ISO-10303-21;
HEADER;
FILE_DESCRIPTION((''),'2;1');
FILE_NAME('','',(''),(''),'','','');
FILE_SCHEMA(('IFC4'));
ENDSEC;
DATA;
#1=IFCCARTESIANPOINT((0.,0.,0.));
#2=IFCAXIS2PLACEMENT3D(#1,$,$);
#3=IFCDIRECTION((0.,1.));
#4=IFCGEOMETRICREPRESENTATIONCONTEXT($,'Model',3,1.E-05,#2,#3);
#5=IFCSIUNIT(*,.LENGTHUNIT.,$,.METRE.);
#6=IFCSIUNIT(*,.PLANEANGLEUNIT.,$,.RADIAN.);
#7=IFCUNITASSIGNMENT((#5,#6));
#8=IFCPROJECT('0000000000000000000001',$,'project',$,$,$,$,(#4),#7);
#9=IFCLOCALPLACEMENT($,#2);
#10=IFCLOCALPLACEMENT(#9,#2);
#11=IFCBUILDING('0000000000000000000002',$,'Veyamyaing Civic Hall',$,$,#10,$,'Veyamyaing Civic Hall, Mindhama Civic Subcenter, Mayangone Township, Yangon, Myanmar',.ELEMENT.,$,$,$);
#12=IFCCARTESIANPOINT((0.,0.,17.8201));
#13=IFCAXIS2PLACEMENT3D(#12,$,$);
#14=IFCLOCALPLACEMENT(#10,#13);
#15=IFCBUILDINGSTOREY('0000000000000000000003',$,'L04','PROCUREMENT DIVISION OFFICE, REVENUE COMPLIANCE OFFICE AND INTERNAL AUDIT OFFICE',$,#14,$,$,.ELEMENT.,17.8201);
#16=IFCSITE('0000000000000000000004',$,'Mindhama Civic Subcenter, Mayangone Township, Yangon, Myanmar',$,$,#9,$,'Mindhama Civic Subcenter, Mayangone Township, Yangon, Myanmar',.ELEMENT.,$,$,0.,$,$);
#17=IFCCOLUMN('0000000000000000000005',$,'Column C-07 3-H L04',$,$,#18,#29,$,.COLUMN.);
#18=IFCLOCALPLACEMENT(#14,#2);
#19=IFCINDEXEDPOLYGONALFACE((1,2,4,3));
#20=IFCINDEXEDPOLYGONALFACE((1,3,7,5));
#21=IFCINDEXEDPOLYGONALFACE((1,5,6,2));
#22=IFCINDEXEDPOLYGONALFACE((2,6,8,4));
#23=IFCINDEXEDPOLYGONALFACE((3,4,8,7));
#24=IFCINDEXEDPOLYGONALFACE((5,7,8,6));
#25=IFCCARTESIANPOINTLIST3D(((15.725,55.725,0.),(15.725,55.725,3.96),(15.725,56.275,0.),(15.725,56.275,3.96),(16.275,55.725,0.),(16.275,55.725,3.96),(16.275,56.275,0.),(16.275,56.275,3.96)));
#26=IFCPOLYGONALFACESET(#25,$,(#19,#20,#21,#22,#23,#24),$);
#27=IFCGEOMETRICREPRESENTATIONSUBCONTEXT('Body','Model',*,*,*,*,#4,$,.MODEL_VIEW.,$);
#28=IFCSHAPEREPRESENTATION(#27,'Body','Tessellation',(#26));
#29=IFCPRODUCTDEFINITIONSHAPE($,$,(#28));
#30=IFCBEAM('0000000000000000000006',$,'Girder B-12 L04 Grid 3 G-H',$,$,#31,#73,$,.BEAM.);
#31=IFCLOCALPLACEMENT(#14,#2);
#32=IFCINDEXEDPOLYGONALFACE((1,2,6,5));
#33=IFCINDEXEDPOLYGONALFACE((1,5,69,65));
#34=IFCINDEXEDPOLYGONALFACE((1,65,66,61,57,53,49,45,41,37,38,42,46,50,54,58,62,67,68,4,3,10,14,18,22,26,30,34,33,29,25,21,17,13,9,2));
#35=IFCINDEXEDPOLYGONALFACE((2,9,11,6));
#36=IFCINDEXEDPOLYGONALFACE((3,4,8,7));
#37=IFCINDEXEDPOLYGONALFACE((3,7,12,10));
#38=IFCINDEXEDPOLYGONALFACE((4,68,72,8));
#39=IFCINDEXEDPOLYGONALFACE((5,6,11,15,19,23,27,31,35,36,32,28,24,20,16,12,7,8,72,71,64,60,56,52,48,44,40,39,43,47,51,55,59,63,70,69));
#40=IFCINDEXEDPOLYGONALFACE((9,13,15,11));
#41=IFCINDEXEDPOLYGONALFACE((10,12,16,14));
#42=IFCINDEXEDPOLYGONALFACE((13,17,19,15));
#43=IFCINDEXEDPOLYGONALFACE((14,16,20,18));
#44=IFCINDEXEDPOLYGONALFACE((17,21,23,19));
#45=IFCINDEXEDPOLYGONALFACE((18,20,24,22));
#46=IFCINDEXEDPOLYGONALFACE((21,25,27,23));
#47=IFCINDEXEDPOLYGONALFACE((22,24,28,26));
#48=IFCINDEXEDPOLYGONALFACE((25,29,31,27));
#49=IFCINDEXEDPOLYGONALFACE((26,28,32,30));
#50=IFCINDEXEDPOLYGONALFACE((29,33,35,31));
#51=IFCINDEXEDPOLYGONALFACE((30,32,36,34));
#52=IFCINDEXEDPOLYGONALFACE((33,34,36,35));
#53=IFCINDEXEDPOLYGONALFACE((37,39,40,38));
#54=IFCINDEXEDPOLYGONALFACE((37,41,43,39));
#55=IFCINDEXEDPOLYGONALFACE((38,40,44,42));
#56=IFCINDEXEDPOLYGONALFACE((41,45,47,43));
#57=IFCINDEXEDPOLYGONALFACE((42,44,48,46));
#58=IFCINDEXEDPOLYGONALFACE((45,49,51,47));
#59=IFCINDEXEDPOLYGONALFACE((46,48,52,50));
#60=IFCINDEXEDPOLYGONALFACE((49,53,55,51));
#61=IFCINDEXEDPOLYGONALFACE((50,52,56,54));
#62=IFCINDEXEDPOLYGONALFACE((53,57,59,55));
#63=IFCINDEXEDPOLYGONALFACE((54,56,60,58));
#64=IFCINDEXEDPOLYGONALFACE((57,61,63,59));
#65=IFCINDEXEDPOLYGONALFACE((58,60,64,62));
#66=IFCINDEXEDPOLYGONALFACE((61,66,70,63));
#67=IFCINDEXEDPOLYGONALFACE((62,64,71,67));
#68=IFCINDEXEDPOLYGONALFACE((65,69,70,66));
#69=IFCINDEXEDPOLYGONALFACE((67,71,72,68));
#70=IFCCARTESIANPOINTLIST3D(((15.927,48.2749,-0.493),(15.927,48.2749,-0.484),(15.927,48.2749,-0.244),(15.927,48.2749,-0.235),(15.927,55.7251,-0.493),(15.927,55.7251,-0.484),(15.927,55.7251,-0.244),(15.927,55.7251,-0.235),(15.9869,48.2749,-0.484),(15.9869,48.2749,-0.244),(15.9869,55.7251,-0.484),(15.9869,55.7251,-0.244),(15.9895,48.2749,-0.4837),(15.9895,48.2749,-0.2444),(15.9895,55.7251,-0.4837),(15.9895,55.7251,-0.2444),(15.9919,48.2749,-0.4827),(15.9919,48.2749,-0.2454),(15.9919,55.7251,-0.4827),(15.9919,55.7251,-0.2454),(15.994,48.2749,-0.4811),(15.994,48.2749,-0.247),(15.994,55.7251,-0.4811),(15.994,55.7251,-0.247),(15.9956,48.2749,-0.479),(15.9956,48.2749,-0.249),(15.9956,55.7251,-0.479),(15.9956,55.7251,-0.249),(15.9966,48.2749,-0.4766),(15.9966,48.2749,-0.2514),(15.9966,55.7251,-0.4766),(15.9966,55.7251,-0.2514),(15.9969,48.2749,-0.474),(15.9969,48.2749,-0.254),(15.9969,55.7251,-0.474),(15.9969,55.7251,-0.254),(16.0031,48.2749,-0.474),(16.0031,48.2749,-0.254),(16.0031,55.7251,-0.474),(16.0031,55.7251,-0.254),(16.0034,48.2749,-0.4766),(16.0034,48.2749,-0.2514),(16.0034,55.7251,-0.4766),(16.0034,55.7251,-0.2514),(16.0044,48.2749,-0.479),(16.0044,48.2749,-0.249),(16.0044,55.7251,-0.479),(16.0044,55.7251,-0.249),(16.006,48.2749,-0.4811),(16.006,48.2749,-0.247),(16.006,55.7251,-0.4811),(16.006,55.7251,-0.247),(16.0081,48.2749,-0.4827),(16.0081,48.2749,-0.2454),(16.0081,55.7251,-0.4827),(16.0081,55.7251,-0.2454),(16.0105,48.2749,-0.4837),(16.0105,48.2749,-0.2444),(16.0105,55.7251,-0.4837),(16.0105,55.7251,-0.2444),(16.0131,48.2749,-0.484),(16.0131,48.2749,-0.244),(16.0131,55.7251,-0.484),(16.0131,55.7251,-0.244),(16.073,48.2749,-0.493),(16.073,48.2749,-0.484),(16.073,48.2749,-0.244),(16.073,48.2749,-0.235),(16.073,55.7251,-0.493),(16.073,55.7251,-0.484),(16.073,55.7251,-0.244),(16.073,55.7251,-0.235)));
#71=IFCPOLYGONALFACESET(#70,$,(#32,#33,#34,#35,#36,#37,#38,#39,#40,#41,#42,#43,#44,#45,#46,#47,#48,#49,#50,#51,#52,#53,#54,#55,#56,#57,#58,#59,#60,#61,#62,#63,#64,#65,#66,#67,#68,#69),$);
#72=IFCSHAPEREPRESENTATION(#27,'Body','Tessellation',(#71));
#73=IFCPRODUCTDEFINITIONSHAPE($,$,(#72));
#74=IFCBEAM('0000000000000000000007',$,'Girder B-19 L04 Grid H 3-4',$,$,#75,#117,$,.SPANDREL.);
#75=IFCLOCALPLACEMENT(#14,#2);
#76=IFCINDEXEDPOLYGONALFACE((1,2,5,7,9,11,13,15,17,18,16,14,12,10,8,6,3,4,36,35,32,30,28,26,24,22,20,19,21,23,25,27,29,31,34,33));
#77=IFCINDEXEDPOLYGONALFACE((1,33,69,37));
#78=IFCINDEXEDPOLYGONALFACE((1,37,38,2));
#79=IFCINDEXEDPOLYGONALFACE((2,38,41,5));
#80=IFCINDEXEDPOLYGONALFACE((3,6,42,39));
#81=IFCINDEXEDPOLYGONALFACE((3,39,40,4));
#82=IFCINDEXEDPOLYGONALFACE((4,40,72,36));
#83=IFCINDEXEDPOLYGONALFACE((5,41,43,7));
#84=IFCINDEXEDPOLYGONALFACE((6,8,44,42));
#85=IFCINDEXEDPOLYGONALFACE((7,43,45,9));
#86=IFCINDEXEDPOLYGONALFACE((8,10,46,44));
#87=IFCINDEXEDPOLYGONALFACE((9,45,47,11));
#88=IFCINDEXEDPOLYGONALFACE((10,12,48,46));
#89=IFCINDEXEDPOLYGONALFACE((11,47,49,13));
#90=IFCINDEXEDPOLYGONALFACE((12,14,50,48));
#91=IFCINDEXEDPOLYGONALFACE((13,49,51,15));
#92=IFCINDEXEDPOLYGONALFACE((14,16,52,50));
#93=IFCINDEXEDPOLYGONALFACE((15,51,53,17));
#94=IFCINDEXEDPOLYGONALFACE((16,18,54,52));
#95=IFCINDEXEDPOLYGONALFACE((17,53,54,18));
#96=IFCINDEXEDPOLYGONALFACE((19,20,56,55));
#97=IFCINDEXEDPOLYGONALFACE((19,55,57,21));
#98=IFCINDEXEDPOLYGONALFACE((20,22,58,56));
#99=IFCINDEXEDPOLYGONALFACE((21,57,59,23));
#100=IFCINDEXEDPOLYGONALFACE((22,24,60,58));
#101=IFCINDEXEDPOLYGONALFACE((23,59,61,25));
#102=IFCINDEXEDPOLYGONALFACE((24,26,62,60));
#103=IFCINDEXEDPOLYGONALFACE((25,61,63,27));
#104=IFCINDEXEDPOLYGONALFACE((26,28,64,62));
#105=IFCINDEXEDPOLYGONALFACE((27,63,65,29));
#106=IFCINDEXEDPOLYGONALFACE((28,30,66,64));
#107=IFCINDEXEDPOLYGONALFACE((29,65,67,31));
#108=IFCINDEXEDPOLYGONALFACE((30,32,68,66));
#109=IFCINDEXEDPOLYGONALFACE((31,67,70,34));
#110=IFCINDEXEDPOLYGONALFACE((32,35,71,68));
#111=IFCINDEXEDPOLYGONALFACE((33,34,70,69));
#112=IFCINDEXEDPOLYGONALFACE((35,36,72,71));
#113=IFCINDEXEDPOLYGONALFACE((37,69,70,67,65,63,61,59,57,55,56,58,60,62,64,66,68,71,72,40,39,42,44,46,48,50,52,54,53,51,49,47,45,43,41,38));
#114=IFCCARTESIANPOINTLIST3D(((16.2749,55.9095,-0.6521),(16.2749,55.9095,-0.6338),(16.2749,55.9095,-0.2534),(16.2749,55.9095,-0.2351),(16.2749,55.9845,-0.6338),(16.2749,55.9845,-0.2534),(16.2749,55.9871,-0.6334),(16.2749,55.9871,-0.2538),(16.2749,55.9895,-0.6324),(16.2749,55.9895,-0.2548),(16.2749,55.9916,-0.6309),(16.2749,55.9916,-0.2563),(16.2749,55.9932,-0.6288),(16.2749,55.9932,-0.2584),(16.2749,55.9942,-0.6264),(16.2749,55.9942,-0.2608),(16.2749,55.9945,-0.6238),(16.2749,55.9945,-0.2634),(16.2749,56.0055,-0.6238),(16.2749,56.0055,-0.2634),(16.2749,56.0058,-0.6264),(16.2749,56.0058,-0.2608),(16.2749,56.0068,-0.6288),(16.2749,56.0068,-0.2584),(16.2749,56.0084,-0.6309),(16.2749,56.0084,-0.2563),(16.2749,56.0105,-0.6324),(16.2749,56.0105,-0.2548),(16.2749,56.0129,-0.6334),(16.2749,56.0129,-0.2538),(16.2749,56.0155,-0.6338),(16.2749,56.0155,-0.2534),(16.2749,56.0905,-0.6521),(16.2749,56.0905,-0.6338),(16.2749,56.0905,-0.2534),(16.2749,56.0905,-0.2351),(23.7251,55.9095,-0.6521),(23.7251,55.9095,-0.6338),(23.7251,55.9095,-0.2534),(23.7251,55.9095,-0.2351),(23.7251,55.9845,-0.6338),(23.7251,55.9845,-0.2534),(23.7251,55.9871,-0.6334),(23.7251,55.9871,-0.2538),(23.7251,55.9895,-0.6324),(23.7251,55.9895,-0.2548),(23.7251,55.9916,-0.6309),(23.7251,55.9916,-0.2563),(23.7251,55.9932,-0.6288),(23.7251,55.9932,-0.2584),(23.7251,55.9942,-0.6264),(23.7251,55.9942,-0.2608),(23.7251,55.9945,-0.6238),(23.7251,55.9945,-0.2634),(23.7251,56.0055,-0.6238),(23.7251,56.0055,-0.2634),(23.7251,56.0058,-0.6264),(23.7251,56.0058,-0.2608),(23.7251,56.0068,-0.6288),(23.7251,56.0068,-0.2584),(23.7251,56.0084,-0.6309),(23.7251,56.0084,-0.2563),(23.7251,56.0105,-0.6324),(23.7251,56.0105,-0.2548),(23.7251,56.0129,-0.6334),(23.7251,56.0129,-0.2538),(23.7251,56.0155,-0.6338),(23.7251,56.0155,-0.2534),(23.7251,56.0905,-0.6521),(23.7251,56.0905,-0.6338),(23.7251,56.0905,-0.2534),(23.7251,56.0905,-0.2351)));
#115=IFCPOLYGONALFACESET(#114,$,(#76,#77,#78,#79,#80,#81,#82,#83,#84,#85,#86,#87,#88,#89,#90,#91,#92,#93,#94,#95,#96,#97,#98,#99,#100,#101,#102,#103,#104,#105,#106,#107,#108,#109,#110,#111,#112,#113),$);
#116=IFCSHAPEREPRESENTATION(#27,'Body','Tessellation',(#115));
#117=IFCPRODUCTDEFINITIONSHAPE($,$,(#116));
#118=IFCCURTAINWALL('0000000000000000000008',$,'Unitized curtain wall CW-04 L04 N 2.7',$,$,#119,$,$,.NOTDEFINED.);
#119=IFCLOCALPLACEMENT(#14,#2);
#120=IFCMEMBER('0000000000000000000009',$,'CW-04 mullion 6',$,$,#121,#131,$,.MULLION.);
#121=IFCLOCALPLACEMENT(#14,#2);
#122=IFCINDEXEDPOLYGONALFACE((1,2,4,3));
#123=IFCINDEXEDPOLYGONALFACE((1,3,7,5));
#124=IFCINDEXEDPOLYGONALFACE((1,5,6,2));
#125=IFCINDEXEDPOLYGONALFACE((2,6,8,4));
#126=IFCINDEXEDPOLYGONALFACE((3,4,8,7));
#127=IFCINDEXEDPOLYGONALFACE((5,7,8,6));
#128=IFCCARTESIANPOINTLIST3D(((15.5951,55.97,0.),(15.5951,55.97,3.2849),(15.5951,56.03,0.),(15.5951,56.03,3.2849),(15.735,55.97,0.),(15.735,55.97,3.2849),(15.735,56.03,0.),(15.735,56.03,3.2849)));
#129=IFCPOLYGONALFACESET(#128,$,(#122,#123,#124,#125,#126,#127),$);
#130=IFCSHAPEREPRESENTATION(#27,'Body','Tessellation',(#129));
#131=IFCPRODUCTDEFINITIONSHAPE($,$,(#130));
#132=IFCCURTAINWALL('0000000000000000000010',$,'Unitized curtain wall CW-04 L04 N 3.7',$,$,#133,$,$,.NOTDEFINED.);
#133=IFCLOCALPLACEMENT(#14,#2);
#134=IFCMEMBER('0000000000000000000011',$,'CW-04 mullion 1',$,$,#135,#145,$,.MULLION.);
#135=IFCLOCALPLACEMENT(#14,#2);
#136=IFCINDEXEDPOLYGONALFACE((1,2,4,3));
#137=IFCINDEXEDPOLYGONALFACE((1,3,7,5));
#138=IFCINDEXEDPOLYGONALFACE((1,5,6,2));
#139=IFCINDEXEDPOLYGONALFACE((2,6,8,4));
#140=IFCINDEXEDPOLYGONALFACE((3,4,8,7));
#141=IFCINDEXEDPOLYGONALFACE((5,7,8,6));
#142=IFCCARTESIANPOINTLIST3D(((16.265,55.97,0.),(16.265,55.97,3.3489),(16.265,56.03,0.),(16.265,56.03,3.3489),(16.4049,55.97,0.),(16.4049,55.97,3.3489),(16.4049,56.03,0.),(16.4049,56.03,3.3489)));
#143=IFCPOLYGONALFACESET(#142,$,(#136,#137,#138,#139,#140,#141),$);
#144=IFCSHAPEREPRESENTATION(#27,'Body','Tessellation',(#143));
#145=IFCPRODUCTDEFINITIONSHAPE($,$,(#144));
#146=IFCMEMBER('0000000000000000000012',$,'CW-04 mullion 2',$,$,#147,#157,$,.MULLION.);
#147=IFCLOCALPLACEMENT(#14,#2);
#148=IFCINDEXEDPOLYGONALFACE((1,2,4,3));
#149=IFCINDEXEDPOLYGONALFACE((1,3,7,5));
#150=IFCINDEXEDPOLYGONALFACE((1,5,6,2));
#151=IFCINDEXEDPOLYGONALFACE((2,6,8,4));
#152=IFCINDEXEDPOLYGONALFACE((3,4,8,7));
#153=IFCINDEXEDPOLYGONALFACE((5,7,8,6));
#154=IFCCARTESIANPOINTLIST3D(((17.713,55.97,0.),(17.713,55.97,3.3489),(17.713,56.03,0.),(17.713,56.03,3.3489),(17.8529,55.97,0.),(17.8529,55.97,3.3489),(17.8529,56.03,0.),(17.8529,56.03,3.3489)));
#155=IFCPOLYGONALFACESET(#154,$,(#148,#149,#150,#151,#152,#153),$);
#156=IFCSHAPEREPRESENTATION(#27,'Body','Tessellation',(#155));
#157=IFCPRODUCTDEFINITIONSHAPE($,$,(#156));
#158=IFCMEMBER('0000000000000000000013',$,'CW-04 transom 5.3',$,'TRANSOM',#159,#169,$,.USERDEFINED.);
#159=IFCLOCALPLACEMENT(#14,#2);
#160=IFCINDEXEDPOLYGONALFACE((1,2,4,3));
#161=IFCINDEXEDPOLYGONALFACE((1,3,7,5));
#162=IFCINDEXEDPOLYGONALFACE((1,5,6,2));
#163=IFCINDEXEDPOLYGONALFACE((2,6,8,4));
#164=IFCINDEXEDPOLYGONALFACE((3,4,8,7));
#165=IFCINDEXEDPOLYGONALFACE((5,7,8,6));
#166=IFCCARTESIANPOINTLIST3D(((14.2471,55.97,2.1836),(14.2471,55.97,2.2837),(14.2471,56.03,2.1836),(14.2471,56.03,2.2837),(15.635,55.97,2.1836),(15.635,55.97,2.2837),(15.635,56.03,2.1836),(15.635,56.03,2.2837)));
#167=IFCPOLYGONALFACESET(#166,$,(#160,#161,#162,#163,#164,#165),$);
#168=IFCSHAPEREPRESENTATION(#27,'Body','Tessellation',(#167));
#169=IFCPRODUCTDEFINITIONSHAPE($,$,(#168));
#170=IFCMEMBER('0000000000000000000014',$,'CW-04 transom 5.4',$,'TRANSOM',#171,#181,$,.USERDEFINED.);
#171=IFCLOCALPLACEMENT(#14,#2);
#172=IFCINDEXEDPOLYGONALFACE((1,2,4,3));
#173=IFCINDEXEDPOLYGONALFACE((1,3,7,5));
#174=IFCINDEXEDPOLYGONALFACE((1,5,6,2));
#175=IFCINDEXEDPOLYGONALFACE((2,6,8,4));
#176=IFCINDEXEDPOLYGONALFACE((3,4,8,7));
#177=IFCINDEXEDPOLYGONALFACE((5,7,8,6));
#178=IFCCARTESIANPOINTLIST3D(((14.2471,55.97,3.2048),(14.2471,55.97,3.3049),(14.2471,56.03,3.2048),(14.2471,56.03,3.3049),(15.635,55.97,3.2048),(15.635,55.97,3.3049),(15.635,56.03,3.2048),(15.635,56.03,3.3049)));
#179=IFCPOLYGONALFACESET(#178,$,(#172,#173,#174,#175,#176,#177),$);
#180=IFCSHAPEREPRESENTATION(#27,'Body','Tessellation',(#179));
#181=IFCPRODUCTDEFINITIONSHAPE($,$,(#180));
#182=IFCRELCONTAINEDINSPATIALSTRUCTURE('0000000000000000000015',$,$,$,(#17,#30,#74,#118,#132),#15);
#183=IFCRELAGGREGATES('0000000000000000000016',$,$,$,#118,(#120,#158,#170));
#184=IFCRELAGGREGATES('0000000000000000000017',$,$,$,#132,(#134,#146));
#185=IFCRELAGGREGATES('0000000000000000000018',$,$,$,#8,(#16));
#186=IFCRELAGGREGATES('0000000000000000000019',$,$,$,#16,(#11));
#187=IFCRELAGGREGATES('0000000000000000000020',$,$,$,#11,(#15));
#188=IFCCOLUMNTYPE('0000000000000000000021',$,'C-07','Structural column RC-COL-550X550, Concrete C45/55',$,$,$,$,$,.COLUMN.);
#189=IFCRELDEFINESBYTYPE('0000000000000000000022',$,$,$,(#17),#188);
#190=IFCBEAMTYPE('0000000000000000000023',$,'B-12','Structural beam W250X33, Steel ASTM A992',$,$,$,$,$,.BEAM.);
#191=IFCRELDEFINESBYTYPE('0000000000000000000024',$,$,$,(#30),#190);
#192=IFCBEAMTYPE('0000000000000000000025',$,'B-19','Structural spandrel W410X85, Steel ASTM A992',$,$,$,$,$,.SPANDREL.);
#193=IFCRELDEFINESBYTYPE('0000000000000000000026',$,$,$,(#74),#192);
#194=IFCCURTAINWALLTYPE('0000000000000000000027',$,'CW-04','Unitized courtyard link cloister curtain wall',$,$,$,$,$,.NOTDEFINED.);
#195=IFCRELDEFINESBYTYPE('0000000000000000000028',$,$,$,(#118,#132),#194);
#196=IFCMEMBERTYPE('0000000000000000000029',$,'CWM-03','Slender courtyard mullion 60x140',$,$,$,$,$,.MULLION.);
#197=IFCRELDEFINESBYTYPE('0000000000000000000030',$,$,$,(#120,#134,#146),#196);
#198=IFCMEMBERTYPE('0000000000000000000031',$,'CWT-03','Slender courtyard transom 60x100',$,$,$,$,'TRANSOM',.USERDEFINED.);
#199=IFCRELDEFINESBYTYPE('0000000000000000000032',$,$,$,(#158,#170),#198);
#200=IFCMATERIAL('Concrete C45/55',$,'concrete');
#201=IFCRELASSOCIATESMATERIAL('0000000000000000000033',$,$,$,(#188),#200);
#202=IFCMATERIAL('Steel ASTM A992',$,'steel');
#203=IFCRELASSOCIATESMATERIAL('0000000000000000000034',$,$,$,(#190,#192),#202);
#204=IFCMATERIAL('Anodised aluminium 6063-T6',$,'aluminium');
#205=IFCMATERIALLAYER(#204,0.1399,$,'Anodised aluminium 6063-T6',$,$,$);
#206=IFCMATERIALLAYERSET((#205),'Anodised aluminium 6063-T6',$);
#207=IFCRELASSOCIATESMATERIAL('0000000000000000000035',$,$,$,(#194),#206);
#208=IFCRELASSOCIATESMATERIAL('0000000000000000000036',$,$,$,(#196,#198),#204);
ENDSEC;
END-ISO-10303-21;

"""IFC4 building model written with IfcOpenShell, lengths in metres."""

from ifc_helpers import new_model, si_unit, direction, frame, origin, origin_2d, place, context, subcontext, project, spatial, rectangle, i_section, extrude, material, layer, layer_set, material_profile, profile_set, type_object, element, aggregate, save


model = new_model("IFC4")

# Units and contexts
model_context = context("Model", 3, precision=1e-05, world=origin(), true_north=direction((0.0, 1.0)))
body_context = subcontext(model_context, "Body", "Model", "MODEL_VIEW")
ifc_project = project(units=[si_unit("LENGTHUNIT", "METRE"), si_unit("PLANEANGLEUNIT", "RADIAN")], contexts=[model_context])

# Site, building, storey
site_placement = place(None, origin())
site = spatial("IfcSite", under=ifc_project, at=site_placement, Name="Mindhama Civic Subcenter, Mayangone Township, Yangon, Myanmar", LongName="Mindhama Civic Subcenter, Mayangone Township, Yangon, Myanmar", CompositionType="ELEMENT", RefElevation=0.0)
building_placement = place(site_placement, origin())
building = spatial("IfcBuilding", under=site, at=building_placement, Name="Veyamyaing Civic Hall", LongName="Veyamyaing Civic Hall, Mindhama Civic Subcenter, Mayangone Township, Yangon, Myanmar", CompositionType="ELEMENT")
storey_placement = place(building_placement, frame((0.0, 0.0, 17.8201)))
storey = spatial("IfcBuildingStorey", under=building, at=storey_placement, Name="L04", Description="PROCUREMENT DIVISION OFFICE, REVENUE COMPLIANCE OFFICE AND INTERNAL AUDIT OFFICE", CompositionType="ELEMENT", Elevation=17.8201)

# Column
ifc_material_1 = material(Name="Concrete C45/55", Category="concrete")
ifc_material_profile_1 = material_profile(ifc_material_1, rectangle(XDim=0.55, YDim=0.55, at=origin_2d()), Name="RC-COL-550X550")
ifc_profile_set_1 = profile_set([ifc_material_profile_1], Name="Concrete C45/55")
column_type = type_object("IfcColumnType", Name="C-07", Description="Structural column RC-COL-550X550, Concrete C45/55", PredefinedType="COLUMN", material=ifc_profile_set_1)
column_placement = place(storey_placement, frame((16.0, 56.0, 0.0), z_axis=(0.0, 0.0, 1.0), x_axis=(1.0, 0.0, 0.0)))
element("IfcColumn", 1, at=column_placement, inside=storey, type_object=column_type, Name="Column C-07 3-H L04", PredefinedType="COLUMN", context=body_context, shape_type="SweptSolid", body=[
    extrude(rectangle(XDim=0.55, YDim=0.55, at=origin_2d()), origin(), (0.0, 0.0, 1.0), 3.96),
])

# Beams
ifc_material_2 = material(Name="Steel ASTM A992", Category="steel")
ifc_material_profile_2 = material_profile(ifc_material_2, i_section(OverallWidth=0.146, OverallDepth=0.2581, WebThickness=0.0061, FlangeThickness=0.009, FilletRadius=0.01, at=origin_2d()), Name="W250X33")
ifc_profile_set_2 = profile_set([ifc_material_profile_2], Name="Steel ASTM A992")
beam_type_1 = type_object("IfcBeamType", Name="B-12", Description="Structural beam W250X33, Steel ASTM A992", PredefinedType="BEAM", material=ifc_profile_set_2)
beam_1_placement = place(storey_placement, frame((16.0, 48.2749, -0.364), z_axis=(0.0, 1.0, 0.0), x_axis=(-1.0, 0.0, 0.0)))
element("IfcBeam", 2, at=beam_1_placement, inside=storey, type_object=beam_type_1, Name="Girder B-12 L04 Grid 3 G-H", PredefinedType="BEAM", context=body_context, shape_type="SweptSolid", body=[
    extrude(i_section(OverallWidth=0.146, OverallDepth=0.2581, WebThickness=0.0061, FlangeThickness=0.009, FilletRadius=0.01, at=origin_2d()), origin(), (0.0, 0.0, 1.0), 7.4502),
])
ifc_material_profile_3 = material_profile(ifc_material_2, i_section(OverallWidth=0.1809, OverallDepth=0.417, WebThickness=0.011, FlangeThickness=0.0183, FilletRadius=0.01, at=origin_2d()), Name="W410X85")
ifc_profile_set_3 = profile_set([ifc_material_profile_3], Name="Steel ASTM A992")
beam_type_2 = type_object("IfcBeamType", Name="B-19", Description="Structural spandrel W410X85, Steel ASTM A992", PredefinedType="SPANDREL", material=ifc_profile_set_3)
beam_2_placement = place(storey_placement, frame((16.2749, 56.0, -0.4436), z_axis=(1.0, 0.0, 0.0), x_axis=(0.0, 1.0, 0.0)))
element("IfcBeam", 3, at=beam_2_placement, inside=storey, type_object=beam_type_2, Name="Girder B-19 L04 Grid H 3-4", PredefinedType="SPANDREL", context=body_context, shape_type="SweptSolid", body=[
    extrude(i_section(OverallWidth=0.1809, OverallDepth=0.417, WebThickness=0.011, FlangeThickness=0.0183, FilletRadius=0.01, at=origin_2d()), origin(), (0.0, 0.0, 1.0), 7.4502),
])

# Curtain wall, member
ifc_material_3 = material(Name="Anodised aluminium 6063-T6", Category="aluminium")
ifc_layer_1 = layer(ifc_material_3, 0.1399, Name="Anodised aluminium 6063-T6")
ifc_layer_set_1 = layer_set([ifc_layer_1], Name="Anodised aluminium 6063-T6")
curtain_wall_type = type_object("IfcCurtainWallType", Name="CW-04", Description="Unitized courtyard link cloister curtain wall", PredefinedType="NOTDEFINED", material=ifc_layer_set_1)
curtain_wall_1_placement = place(storey_placement, origin())
curtain_wall_1 = element("IfcCurtainWall", 4, at=curtain_wall_1_placement, inside=storey, type_object=curtain_wall_type, Name="Unitized curtain wall CW-04 L04 N 2.7", PredefinedType="NOTDEFINED")
ifc_material_profile_4 = material_profile(ifc_material_3, rectangle(XDim=0.0601, YDim=0.1399, at=origin_2d()), Name="ALU-MUL-60X140")
ifc_profile_set_4 = profile_set([ifc_material_profile_4], Name="Anodised aluminium 6063-T6")
member_type_1 = type_object("IfcMemberType", Name="CWM-03", Description="Slender courtyard mullion 60x140", PredefinedType="MULLION", material=ifc_profile_set_4)
member_1_placement = place(storey_placement, frame((15.665, 56.0, 0.0), z_axis=(0.0, 0.0, 1.0), x_axis=(0.0, 1.0, 0.0)))
member_1 = element("IfcMember", 5, at=member_1_placement, type_object=member_type_1, Name="CW-04 mullion 6", PredefinedType="MULLION", context=body_context, shape_type="SweptSolid", body=[
    extrude(rectangle(XDim=0.0601, YDim=0.1399, at=origin_2d()), origin(), (0.0, 0.0, 1.0), 3.2849),
])

# Curtain wall, members
curtain_wall_2_placement = place(storey_placement, origin())
curtain_wall_2 = element("IfcCurtainWall", 6, at=curtain_wall_2_placement, inside=storey, type_object=curtain_wall_type, Name="Unitized curtain wall CW-04 L04 N 3.7", PredefinedType="NOTDEFINED")
member_2_placement = place(storey_placement, frame((16.335, 56.0, 0.0), z_axis=(0.0, 0.0, 1.0), x_axis=(0.0, 1.0, 0.0)))
member_2 = element("IfcMember", 7, at=member_2_placement, type_object=member_type_1, Name="CW-04 mullion 1", PredefinedType="MULLION", context=body_context, shape_type="SweptSolid", body=[
    extrude(rectangle(XDim=0.0601, YDim=0.1399, at=origin_2d()), origin(), (0.0, 0.0, 1.0), 3.3489),
])
member_3_placement = place(storey_placement, frame((17.783, 56.0, 0.0), z_axis=(0.0, 0.0, 1.0), x_axis=(0.0, 1.0, 0.0)))
member_3 = element("IfcMember", 8, at=member_3_placement, type_object=member_type_1, Name="CW-04 mullion 2", PredefinedType="MULLION", context=body_context, shape_type="SweptSolid", body=[
    extrude(rectangle(XDim=0.0601, YDim=0.1399, at=origin_2d()), origin(), (0.0, 0.0, 1.0), 3.3489),
])

# Members
ifc_material_profile_5 = material_profile(ifc_material_3, rectangle(XDim=0.0601, YDim=0.1001, at=origin_2d()), Name="ALU-TRN-60X100")
ifc_profile_set_5 = profile_set([ifc_material_profile_5], Name="Anodised aluminium 6063-T6")
member_type_2 = type_object("IfcMemberType", Name="CWT-03", Description="Slender courtyard transom 60x100", ElementType="TRANSOM", PredefinedType="USERDEFINED", material=ifc_profile_set_5)
member_4_placement = place(storey_placement, frame((14.2471, 56.0, 2.2336), z_axis=(1.0, 0.0, 0.0), x_axis=(0.0, 1.0, 0.0)))
member_4 = element("IfcMember", 9, at=member_4_placement, type_object=member_type_2, Name="CW-04 transom 5.3", ObjectType="TRANSOM", PredefinedType="USERDEFINED", context=body_context, shape_type="SweptSolid", body=[
    extrude(rectangle(XDim=0.0601, YDim=0.1001, at=origin_2d()), origin(), (0.0, 0.0, 1.0), 1.3879),
])
member_5_placement = place(storey_placement, frame((14.2471, 56.0, 3.2549), z_axis=(1.0, 0.0, 0.0), x_axis=(0.0, 1.0, 0.0)))
member_5 = element("IfcMember", 10, at=member_5_placement, type_object=member_type_2, Name="CW-04 transom 5.4", ObjectType="TRANSOM", PredefinedType="USERDEFINED", context=body_context, shape_type="SweptSolid", body=[
    extrude(rectangle(XDim=0.0601, YDim=0.1001, at=origin_2d()), origin(), (0.0, 0.0, 1.0), 1.3879),
])

aggregate(curtain_wall_1, [member_1, member_4, member_5])
aggregate(curtain_wall_2, [member_2, member_3])

save(model, "model.ifc")
